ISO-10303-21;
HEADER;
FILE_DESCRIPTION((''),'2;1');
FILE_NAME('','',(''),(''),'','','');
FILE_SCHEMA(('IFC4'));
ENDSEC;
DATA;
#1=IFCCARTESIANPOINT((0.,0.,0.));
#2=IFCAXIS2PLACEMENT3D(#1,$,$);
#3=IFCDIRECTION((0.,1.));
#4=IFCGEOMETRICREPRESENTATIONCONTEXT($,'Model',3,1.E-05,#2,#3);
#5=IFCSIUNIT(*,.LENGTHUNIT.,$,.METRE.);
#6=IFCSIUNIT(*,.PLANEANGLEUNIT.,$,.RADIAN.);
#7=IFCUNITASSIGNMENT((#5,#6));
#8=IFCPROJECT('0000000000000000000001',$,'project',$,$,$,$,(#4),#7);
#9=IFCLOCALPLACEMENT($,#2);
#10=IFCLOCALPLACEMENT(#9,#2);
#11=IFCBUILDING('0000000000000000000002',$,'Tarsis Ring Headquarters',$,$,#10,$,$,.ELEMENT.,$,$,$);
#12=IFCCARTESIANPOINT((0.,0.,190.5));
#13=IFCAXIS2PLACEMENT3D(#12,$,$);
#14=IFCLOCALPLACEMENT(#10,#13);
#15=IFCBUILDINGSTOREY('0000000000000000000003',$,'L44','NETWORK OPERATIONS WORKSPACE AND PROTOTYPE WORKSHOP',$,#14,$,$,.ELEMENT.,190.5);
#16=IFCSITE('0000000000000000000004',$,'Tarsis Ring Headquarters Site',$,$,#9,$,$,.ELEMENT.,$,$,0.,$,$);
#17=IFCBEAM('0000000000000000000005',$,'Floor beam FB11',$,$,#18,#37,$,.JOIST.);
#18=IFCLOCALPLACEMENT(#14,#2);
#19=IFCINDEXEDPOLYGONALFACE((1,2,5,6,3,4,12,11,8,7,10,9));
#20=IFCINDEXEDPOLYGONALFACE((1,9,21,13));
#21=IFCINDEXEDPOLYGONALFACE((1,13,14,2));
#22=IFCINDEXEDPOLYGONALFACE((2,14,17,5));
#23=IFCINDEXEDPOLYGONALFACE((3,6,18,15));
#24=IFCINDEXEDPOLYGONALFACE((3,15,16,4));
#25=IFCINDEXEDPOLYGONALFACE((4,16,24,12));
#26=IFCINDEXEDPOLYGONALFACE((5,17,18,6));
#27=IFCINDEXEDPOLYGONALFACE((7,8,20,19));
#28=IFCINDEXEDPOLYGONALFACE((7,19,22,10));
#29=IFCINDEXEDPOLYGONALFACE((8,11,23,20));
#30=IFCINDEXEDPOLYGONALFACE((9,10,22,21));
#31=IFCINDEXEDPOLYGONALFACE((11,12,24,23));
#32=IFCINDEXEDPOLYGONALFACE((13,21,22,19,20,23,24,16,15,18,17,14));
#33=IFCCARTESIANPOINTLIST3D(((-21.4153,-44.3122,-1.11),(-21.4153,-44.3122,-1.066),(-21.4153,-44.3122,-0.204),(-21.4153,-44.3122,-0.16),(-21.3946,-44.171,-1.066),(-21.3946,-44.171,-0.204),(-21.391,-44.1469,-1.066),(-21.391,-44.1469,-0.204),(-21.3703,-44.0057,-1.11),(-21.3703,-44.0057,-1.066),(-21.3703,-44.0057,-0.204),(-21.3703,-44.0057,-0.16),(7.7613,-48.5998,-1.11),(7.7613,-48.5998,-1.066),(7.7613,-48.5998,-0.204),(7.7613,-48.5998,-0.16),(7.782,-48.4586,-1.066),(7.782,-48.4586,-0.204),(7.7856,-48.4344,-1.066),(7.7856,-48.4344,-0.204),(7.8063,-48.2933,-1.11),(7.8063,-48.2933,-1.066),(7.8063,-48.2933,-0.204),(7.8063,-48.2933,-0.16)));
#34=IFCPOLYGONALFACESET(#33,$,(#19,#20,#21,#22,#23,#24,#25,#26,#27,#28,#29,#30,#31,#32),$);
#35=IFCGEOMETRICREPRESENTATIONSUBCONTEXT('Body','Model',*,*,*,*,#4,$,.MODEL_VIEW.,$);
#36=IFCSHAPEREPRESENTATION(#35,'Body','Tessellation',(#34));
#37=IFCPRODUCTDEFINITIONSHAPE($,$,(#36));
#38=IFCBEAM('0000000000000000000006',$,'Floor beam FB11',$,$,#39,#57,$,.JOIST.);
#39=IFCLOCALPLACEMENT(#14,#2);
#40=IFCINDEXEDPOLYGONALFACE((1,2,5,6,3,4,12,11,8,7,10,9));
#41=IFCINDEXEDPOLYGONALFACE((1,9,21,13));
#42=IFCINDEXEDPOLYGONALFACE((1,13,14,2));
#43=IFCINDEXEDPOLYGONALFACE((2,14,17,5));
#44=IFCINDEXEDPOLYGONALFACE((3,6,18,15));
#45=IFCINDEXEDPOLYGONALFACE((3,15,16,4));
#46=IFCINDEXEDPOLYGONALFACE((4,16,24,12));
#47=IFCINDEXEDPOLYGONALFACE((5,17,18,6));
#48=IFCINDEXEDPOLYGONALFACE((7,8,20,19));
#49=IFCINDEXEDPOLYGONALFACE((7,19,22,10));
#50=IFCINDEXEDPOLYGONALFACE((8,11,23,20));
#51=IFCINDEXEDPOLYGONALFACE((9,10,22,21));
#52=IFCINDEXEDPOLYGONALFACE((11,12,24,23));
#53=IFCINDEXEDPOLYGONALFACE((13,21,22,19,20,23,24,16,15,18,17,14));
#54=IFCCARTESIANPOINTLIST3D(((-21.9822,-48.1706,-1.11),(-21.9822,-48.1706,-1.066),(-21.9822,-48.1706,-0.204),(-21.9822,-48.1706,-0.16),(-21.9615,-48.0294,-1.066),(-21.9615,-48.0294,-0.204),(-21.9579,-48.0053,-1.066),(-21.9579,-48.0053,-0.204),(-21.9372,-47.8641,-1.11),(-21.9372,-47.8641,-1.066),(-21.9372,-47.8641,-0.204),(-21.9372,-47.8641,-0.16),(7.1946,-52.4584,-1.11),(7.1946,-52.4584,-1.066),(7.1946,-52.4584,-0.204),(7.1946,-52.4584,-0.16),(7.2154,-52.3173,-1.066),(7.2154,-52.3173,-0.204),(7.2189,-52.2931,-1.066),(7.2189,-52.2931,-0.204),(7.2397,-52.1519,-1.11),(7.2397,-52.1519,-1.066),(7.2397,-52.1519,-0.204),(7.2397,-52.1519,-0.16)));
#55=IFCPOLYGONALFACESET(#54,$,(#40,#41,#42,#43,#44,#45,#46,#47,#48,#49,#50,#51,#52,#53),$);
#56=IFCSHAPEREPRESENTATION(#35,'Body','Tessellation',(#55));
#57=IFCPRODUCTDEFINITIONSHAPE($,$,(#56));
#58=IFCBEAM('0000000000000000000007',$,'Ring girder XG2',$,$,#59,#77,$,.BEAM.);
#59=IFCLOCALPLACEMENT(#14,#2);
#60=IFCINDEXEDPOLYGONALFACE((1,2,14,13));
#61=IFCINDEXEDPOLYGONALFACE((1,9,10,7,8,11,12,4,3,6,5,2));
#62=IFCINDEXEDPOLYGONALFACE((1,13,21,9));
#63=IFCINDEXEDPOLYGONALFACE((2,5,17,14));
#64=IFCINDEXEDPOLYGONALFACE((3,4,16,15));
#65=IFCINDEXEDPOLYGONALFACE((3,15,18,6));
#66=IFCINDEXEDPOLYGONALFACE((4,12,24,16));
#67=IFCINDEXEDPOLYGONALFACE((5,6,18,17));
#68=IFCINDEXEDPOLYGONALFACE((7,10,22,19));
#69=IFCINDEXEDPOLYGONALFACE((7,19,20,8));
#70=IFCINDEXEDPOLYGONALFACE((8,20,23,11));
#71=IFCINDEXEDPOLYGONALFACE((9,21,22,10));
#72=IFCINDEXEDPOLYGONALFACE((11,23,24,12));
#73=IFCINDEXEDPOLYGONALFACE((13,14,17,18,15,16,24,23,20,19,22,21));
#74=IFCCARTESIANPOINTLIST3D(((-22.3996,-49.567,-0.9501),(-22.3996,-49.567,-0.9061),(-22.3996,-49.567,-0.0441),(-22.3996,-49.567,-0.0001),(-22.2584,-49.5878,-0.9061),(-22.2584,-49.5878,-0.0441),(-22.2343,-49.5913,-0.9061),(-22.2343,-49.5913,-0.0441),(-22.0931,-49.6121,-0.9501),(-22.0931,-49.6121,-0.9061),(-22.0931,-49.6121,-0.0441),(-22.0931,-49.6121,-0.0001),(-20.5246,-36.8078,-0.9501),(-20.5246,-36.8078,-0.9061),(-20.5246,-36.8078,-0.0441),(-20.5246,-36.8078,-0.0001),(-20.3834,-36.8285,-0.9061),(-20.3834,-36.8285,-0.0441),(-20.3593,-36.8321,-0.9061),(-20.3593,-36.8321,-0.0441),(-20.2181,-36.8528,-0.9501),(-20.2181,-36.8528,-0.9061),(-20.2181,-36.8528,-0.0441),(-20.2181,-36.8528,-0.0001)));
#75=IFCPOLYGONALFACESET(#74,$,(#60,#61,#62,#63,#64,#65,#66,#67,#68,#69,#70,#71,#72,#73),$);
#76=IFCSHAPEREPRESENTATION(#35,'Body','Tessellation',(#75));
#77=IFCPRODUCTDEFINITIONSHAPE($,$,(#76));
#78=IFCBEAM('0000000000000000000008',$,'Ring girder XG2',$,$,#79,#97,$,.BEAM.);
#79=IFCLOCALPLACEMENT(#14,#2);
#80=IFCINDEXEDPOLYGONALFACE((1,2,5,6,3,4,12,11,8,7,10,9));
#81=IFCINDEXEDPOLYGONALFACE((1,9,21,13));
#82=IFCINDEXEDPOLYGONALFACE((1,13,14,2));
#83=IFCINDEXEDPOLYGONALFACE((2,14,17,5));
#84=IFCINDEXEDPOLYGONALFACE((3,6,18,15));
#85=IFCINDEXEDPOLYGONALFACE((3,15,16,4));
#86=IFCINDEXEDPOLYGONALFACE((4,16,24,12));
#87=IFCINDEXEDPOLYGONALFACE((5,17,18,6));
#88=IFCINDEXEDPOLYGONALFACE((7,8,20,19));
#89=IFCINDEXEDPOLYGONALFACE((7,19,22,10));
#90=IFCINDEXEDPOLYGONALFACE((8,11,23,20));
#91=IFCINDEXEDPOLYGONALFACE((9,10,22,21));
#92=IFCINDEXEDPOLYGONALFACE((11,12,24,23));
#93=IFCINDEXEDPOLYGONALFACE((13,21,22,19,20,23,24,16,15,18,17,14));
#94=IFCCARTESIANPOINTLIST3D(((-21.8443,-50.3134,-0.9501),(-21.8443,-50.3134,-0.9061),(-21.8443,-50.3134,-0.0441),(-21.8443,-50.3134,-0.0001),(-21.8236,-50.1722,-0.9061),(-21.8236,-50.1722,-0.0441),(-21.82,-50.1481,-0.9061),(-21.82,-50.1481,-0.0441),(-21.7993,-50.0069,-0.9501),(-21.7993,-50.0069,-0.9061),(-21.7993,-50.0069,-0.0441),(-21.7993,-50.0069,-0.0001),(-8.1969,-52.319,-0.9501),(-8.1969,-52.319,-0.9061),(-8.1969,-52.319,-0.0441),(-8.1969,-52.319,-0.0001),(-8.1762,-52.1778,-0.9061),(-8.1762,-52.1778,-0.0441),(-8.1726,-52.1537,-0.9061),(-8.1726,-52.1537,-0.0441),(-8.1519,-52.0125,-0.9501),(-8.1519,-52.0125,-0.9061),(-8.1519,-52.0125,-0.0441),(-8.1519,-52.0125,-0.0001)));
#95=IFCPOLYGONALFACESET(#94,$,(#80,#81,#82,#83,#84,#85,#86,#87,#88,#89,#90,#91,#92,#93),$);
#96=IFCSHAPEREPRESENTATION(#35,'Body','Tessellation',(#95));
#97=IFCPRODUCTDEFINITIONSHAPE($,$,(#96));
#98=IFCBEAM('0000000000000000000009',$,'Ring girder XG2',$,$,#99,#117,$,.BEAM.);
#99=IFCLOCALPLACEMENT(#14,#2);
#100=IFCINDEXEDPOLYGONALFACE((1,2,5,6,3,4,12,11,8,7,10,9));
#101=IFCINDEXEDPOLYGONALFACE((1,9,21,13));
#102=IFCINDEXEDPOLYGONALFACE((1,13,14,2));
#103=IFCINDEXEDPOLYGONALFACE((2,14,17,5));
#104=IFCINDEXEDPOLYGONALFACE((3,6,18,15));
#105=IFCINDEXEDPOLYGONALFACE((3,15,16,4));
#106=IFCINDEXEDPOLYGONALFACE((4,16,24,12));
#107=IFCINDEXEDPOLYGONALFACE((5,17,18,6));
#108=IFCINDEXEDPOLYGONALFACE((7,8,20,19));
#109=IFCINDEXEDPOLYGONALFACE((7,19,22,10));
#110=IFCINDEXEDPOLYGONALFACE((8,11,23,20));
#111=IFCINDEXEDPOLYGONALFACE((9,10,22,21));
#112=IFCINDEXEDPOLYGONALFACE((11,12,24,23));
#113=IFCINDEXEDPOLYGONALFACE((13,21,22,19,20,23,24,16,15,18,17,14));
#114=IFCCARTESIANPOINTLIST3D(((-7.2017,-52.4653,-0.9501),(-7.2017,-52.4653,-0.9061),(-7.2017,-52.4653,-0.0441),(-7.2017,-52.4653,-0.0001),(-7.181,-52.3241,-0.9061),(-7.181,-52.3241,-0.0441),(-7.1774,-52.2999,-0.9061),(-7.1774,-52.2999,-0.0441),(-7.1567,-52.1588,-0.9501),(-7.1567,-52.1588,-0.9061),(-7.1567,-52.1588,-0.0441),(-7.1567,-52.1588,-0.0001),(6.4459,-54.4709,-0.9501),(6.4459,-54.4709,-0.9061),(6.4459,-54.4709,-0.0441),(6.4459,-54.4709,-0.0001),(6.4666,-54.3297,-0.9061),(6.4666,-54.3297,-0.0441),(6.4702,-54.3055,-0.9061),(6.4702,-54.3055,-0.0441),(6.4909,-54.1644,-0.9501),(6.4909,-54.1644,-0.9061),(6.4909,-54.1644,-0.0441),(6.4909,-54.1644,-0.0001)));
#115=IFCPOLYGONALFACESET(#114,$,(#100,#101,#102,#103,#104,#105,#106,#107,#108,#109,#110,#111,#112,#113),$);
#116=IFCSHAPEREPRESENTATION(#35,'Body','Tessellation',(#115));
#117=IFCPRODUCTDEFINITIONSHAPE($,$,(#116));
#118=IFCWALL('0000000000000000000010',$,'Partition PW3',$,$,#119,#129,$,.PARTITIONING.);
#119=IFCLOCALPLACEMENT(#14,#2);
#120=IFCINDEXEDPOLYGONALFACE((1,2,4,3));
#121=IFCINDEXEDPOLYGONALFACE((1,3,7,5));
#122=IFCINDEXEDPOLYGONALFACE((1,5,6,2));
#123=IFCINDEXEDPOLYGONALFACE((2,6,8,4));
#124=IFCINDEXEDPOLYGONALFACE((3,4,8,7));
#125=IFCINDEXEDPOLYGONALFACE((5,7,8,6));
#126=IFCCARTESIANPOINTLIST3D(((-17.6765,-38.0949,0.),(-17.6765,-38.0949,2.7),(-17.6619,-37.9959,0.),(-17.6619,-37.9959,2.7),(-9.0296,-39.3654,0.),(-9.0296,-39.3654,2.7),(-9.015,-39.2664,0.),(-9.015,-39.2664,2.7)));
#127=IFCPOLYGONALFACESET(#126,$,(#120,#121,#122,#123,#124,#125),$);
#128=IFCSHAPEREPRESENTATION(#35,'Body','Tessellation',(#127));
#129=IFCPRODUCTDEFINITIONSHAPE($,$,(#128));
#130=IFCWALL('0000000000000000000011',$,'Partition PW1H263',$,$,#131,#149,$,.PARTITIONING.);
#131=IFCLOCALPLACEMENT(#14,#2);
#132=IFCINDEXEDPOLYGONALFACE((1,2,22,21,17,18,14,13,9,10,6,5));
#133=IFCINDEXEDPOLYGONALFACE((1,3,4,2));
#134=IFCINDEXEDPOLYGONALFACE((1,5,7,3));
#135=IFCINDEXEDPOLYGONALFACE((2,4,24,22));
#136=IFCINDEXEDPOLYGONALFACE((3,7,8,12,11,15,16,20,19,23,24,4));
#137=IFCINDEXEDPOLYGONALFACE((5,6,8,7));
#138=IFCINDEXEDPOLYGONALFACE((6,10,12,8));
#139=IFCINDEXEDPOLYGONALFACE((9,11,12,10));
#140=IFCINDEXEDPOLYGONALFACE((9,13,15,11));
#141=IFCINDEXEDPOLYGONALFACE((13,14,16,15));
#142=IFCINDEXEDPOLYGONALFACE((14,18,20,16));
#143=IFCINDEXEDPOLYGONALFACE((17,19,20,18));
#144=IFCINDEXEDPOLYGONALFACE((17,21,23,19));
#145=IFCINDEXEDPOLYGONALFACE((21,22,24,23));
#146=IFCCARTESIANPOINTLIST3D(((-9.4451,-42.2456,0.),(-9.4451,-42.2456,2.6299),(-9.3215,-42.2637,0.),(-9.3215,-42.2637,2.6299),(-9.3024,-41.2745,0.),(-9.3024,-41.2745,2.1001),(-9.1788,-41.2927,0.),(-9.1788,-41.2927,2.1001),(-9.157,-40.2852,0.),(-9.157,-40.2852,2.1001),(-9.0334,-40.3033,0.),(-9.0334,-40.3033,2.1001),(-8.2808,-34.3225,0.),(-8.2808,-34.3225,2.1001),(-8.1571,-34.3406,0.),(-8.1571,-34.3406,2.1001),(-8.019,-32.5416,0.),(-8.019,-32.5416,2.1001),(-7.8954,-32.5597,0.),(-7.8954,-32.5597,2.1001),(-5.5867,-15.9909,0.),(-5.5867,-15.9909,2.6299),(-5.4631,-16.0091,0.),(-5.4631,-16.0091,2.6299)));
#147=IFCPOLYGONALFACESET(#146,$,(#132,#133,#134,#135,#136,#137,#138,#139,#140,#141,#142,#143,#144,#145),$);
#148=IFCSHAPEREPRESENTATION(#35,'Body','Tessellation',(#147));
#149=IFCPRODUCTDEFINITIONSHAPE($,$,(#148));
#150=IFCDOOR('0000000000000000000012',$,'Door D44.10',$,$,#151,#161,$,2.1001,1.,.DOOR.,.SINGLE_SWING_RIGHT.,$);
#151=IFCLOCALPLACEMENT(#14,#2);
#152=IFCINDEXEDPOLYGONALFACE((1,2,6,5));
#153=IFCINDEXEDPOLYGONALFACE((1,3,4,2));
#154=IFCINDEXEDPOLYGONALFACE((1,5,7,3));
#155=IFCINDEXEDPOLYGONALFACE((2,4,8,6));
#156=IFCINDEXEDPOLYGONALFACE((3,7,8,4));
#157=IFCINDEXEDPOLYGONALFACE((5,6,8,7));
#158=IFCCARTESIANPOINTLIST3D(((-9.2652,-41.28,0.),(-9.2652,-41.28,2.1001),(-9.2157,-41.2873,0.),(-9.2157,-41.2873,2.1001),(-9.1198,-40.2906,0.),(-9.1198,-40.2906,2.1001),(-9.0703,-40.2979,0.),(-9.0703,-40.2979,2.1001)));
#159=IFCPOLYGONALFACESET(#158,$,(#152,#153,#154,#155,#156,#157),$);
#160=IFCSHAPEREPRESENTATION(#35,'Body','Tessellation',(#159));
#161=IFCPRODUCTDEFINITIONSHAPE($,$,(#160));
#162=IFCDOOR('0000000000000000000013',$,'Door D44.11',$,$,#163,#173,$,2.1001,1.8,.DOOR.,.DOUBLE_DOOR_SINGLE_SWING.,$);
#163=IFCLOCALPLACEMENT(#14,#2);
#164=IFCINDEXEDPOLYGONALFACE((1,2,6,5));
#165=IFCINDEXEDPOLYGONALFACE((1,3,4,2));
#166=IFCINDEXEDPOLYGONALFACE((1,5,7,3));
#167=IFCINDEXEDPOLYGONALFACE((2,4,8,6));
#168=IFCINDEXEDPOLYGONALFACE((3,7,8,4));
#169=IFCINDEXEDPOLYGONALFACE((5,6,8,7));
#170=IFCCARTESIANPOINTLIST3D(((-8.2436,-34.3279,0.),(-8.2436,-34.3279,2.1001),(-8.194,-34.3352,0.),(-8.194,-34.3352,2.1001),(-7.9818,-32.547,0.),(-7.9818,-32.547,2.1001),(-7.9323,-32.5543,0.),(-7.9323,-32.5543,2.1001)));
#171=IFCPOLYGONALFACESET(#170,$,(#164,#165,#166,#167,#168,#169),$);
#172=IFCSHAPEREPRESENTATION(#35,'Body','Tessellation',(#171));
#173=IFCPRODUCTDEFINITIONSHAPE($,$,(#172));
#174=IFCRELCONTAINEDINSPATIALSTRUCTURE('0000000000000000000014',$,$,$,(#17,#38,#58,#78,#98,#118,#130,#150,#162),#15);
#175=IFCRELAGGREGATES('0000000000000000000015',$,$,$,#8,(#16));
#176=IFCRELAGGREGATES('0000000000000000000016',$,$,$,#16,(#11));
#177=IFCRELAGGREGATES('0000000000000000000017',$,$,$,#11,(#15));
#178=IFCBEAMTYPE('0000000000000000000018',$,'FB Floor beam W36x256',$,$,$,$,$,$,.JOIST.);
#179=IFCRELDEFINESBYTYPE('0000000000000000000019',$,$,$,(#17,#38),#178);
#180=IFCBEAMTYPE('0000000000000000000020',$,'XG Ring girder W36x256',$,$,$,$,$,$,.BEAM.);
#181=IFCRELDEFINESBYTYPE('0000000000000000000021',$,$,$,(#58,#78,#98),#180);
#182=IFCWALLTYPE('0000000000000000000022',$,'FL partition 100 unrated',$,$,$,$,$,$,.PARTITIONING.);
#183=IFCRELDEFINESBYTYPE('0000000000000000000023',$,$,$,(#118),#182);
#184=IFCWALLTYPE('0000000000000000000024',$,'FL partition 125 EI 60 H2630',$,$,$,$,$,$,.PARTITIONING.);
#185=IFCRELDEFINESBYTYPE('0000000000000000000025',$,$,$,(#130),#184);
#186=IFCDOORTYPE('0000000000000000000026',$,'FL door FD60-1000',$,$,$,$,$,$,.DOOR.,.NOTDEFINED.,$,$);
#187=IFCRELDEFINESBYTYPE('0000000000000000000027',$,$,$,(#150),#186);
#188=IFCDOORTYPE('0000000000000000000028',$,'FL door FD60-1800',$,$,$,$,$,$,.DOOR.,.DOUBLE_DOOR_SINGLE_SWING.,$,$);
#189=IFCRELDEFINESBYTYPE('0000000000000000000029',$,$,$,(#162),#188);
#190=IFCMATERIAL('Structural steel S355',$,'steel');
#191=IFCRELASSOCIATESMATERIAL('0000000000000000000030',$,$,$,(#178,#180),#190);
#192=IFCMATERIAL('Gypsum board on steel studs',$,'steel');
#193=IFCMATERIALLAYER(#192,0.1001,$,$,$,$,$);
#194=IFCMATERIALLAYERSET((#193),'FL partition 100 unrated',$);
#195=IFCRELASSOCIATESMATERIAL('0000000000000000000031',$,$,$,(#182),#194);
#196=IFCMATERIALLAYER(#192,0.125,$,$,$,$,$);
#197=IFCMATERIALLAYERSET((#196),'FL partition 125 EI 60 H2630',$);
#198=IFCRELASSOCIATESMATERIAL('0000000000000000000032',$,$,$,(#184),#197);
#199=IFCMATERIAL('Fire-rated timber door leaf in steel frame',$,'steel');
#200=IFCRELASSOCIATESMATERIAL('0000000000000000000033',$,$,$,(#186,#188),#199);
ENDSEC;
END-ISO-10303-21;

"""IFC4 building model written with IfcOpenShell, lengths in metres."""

from ifc_helpers import new_model, si_unit, direction, frame, frame_2d, origin, origin_2d, place, context, subcontext, project, spatial, rectangle, i_section, extrude, material, layer, layer_set, material_profile, profile_set, type_object, element, fill, save


model = new_model("IFC4")

# Units and contexts
model_context = context("Model", 3, precision=1e-05, world=origin(), true_north=direction((0.0, 1.0)))
body_context = subcontext(model_context, "Body", "Model", "MODEL_VIEW")
ifc_project = project(units=[si_unit("LENGTHUNIT", "METRE"), si_unit("PLANEANGLEUNIT", "RADIAN")], contexts=[model_context])

# Site, building, storey
site_placement = place(None, origin())
site = spatial("IfcSite", under=ifc_project, at=site_placement, Name="Tarsis Ring Headquarters Site", CompositionType="ELEMENT", RefElevation=0.0)
building_placement = place(site_placement, origin())
building = spatial("IfcBuilding", under=site, at=building_placement, Name="Tarsis Ring Headquarters", CompositionType="ELEMENT")
storey_placement = place(building_placement, frame((0.0, 0.0, 190.5)))
storey = spatial("IfcBuildingStorey", under=building, at=storey_placement, Name="L44", Description="NETWORK OPERATIONS WORKSPACE AND PROTOTYPE WORKSHOP", CompositionType="ELEMENT", Elevation=190.5)

# Shared definitions
ifc_material_1 = material(Name="Structural steel S355", Category="steel")

# Beams
ifc_material_profile_1 = material_profile(ifc_material_1, i_section(OverallWidth=0.3098, OverallDepth=0.95, WebThickness=0.0244, FlangeThickness=0.0439, at=origin_2d()), Name="W36x256")
ifc_profile_set_1 = profile_set([ifc_material_profile_1], Name="Structural steel S355")
beam_type_1 = type_object("IfcBeamType", Name="FB Floor beam W36x256", PredefinedType="JOIST", material=ifc_profile_set_1)
for number, where, z_axis, x_axis, name in (
    (1, (-21.3928, -44.1589, -0.635), (0.989374, -0.145391, 0.0), (0.145391, 0.989374, 0.0), "Floor beam FB11"),
):
    element("IfcBeam", number, at=place(storey_placement, frame(where, z_axis=z_axis, x_axis=x_axis)), inside=storey, type_object=beam_type_1, Name=name, PredefinedType="JOIST", context=body_context, shape_type="SweptSolid", body=[
        extrude(i_section(OverallWidth=0.3098, OverallDepth=0.95, WebThickness=0.0244, FlangeThickness=0.0439, at=origin_2d()), origin(), (0.0, 0.0, 1.0), 29.49),
    ])
beam_1_placement = place(storey_placement, frame((-21.9597, -48.0173, -0.635), z_axis=(0.989373, -0.145399, 0.0), x_axis=(0.145399, 0.989373, 0.0)))
element("IfcBeam", 2, at=beam_1_placement, inside=storey, type_object=beam_type_1, Name="Floor beam FB11", PredefinedType="JOIST", context=body_context, shape_type="SweptSolid", body=[
    extrude(i_section(OverallWidth=0.3098, OverallDepth=0.95, WebThickness=0.0244, FlangeThickness=0.0439, at=origin_2d()), origin(), (0.0, 0.0, 1.0), 29.4902),
])
beam_type_2 = type_object("IfcBeamType", Name="XG Ring girder W36x256", PredefinedType="BEAM", material=ifc_profile_set_1)
beam_2_placement = place(storey_placement, frame((-20.3713, -36.8303, -0.4751), z_axis=(-0.14539, -0.989374, 0.0), x_axis=(0.989374, -0.14539, 0.0)))
element("IfcBeam", 3, at=beam_2_placement, inside=storey, type_object=beam_type_2, Name="Ring girder XG2", PredefinedType="BEAM", context=body_context, shape_type="SweptSolid", body=[
    extrude(i_section(OverallWidth=0.3098, OverallDepth=0.95, WebThickness=0.0244, FlangeThickness=0.0439, at=origin_2d()), origin(), (0.0, 0.0, 1.0), 12.8962),
])
beam_3_placement = place(storey_placement, frame((-21.8218, -50.1602, -0.4751), z_axis=(0.989373, -0.145397, 0.0), x_axis=(0.145397, 0.989373, 0.0)))
element("IfcBeam", 4, at=beam_3_placement, inside=storey, type_object=beam_type_2, Name="Ring girder XG2", PredefinedType="BEAM", context=body_context, shape_type="SweptSolid", body=[
    extrude(i_section(OverallWidth=0.3098, OverallDepth=0.95, WebThickness=0.0244, FlangeThickness=0.0439, at=origin_2d()), origin(), (0.0, 0.0, 1.0), 13.7939),
])
beam_4_placement = place(storey_placement, frame((-7.1792, -52.312, -0.4751), z_axis=(0.989374, -0.145395, 0.0), x_axis=(0.145395, 0.989374, 0.0)))
element("IfcBeam", 5, at=beam_4_placement, inside=storey, type_object=beam_type_2, Name="Ring girder XG2", PredefinedType="BEAM", context=body_context, shape_type="SweptSolid", body=[
    extrude(i_section(OverallWidth=0.3098, OverallDepth=0.95, WebThickness=0.0244, FlangeThickness=0.0439, at=origin_2d()), origin(), (0.0, 0.0, 1.0), 13.7942),
])

# Wall
ifc_material_2 = material(Name="Gypsum board on steel studs", Category="steel")
ifc_layer_1 = layer(ifc_material_2, 0.1001)
ifc_layer_set_1 = layer_set([ifc_layer_1], Name="FL partition 100 unrated")
wall_type_1 = type_object("IfcWallType", Name="FL partition 100 unrated", PredefinedType="PARTITIONING", material=ifc_layer_set_1)
wall_1_placement = place(storey_placement, frame((-17.6692, -38.0454, 0.0), z_axis=(0.0, 0.0, 1.0), x_axis=(0.989377, -0.14537, 0.0)))
element("IfcWall", 6, at=wall_1_placement, inside=storey, type_object=wall_type_1, Name="Partition PW3", PredefinedType="PARTITIONING", context=body_context, shape_type="SweptSolid", body=[
    extrude(rectangle(XDim=8.7397, YDim=0.1001, at=frame_2d((4.3699, 0.0))), origin(), (0.0, 0.0, 1.0), 2.7),
])

# Wall, openings, doors
ifc_layer_2 = layer(ifc_material_2, 0.125)
ifc_layer_set_2 = layer_set([ifc_layer_2], Name="FL partition 125 EI 60 H2630")
wall_type_2 = type_object("IfcWallType", Name="FL partition 125 EI 60 H2630", PredefinedType="PARTITIONING", material=ifc_layer_set_2)
wall_2_placement = place(storey_placement, frame((-9.3833, -42.2546, 0.0), z_axis=(0.0, 0.0, 1.0), x_axis=(0.145399, 0.989373, 0.0)))
wall_2 = element("IfcWall", 7, at=wall_2_placement, inside=storey, type_object=wall_type_2, Name="Partition PW1H263", PredefinedType="PARTITIONING", context=body_context, shape_type="SweptSolid", body=[
    extrude(rectangle(XDim=26.5366, YDim=0.125, at=frame_2d((13.2683, 0.0))), origin(), (0.0, 0.0, 1.0), 2.6299),
])
opening_1_placement = place(wall_2_placement, frame((0.9814, 0.0, 0.0)))
opening_1 = element("IfcOpeningElement", 8, at=opening_1_placement, cuts=wall_2, PredefinedType="OPENING", context=body_context, shape_type="SweptSolid", body=[
    extrude(rectangle(XDim=1.0, YDim=2.1001, at=frame_2d((0.5, 1.05))), frame((0.0, 0.0725, 0.0), z_axis=(0.0, -1.0, 0.0), x_axis=(1.0, 0.0, 0.0)), (0.0, 0.0, 1.0), 0.145),
])
opening_2_placement = place(wall_2_placement, frame((8.0083, 0.0, 0.0)))
opening_2 = element("IfcOpeningElement", 9, at=opening_2_placement, cuts=wall_2, PredefinedType="OPENING", context=body_context, shape_type="SweptSolid", body=[
    extrude(rectangle(XDim=1.8, YDim=2.1001, at=frame_2d((0.8999, 1.05))), frame((0.0, 0.0725, 0.0), z_axis=(0.0, -1.0, 0.0), x_axis=(1.0, 0.0, 0.0)), (0.0, 0.0, 1.0), 0.145),
])
ifc_material_3 = material(Name="Fire-rated timber door leaf in steel frame", Category="steel")
door_type_1 = type_object("IfcDoorType", Name="FL door FD60-1000", OperationType="NOTDEFINED", PredefinedType="DOOR", material=ifc_material_3)
door_1_placement = place(opening_1_placement, origin())
door_1 = element("IfcDoor", 10, at=door_1_placement, inside=storey, type_object=door_type_1, Name="Door D44.10", OperationType="SINGLE_SWING_RIGHT", OverallHeight=2.1001, OverallWidth=1.0, PredefinedType="DOOR", context=body_context, shape_type="SweptSolid", body=[
    extrude(rectangle(XDim=1.0, YDim=2.1001, at=frame_2d((0.5, 1.05))), frame((0.0, 0.0249, 0.0), z_axis=(0.0, -1.0, 0.0), x_axis=(1.0, 0.0, 0.0)), (0.0, 0.0, 1.0), 0.05),
])
fill(opening_1, door_1)
door_type_2 = type_object("IfcDoorType", Name="FL door FD60-1800", OperationType="DOUBLE_DOOR_SINGLE_SWING", PredefinedType="DOOR", material=ifc_material_3)
door_2_placement = place(opening_2_placement, origin())
door_2 = element("IfcDoor", 11, at=door_2_placement, inside=storey, type_object=door_type_2, Name="Door D44.11", OperationType="DOUBLE_DOOR_SINGLE_SWING", OverallHeight=2.1001, OverallWidth=1.8, PredefinedType="DOOR", context=body_context, shape_type="SweptSolid", body=[
    extrude(rectangle(XDim=1.8, YDim=2.1001, at=frame_2d((0.8999, 1.05))), frame((0.0, 0.0249, 0.0), z_axis=(0.0, -1.0, 0.0), x_axis=(1.0, 0.0, 0.0)), (0.0, 0.0, 1.0), 0.05),
])
fill(opening_2, door_2)

save(model, "model.ifc")
